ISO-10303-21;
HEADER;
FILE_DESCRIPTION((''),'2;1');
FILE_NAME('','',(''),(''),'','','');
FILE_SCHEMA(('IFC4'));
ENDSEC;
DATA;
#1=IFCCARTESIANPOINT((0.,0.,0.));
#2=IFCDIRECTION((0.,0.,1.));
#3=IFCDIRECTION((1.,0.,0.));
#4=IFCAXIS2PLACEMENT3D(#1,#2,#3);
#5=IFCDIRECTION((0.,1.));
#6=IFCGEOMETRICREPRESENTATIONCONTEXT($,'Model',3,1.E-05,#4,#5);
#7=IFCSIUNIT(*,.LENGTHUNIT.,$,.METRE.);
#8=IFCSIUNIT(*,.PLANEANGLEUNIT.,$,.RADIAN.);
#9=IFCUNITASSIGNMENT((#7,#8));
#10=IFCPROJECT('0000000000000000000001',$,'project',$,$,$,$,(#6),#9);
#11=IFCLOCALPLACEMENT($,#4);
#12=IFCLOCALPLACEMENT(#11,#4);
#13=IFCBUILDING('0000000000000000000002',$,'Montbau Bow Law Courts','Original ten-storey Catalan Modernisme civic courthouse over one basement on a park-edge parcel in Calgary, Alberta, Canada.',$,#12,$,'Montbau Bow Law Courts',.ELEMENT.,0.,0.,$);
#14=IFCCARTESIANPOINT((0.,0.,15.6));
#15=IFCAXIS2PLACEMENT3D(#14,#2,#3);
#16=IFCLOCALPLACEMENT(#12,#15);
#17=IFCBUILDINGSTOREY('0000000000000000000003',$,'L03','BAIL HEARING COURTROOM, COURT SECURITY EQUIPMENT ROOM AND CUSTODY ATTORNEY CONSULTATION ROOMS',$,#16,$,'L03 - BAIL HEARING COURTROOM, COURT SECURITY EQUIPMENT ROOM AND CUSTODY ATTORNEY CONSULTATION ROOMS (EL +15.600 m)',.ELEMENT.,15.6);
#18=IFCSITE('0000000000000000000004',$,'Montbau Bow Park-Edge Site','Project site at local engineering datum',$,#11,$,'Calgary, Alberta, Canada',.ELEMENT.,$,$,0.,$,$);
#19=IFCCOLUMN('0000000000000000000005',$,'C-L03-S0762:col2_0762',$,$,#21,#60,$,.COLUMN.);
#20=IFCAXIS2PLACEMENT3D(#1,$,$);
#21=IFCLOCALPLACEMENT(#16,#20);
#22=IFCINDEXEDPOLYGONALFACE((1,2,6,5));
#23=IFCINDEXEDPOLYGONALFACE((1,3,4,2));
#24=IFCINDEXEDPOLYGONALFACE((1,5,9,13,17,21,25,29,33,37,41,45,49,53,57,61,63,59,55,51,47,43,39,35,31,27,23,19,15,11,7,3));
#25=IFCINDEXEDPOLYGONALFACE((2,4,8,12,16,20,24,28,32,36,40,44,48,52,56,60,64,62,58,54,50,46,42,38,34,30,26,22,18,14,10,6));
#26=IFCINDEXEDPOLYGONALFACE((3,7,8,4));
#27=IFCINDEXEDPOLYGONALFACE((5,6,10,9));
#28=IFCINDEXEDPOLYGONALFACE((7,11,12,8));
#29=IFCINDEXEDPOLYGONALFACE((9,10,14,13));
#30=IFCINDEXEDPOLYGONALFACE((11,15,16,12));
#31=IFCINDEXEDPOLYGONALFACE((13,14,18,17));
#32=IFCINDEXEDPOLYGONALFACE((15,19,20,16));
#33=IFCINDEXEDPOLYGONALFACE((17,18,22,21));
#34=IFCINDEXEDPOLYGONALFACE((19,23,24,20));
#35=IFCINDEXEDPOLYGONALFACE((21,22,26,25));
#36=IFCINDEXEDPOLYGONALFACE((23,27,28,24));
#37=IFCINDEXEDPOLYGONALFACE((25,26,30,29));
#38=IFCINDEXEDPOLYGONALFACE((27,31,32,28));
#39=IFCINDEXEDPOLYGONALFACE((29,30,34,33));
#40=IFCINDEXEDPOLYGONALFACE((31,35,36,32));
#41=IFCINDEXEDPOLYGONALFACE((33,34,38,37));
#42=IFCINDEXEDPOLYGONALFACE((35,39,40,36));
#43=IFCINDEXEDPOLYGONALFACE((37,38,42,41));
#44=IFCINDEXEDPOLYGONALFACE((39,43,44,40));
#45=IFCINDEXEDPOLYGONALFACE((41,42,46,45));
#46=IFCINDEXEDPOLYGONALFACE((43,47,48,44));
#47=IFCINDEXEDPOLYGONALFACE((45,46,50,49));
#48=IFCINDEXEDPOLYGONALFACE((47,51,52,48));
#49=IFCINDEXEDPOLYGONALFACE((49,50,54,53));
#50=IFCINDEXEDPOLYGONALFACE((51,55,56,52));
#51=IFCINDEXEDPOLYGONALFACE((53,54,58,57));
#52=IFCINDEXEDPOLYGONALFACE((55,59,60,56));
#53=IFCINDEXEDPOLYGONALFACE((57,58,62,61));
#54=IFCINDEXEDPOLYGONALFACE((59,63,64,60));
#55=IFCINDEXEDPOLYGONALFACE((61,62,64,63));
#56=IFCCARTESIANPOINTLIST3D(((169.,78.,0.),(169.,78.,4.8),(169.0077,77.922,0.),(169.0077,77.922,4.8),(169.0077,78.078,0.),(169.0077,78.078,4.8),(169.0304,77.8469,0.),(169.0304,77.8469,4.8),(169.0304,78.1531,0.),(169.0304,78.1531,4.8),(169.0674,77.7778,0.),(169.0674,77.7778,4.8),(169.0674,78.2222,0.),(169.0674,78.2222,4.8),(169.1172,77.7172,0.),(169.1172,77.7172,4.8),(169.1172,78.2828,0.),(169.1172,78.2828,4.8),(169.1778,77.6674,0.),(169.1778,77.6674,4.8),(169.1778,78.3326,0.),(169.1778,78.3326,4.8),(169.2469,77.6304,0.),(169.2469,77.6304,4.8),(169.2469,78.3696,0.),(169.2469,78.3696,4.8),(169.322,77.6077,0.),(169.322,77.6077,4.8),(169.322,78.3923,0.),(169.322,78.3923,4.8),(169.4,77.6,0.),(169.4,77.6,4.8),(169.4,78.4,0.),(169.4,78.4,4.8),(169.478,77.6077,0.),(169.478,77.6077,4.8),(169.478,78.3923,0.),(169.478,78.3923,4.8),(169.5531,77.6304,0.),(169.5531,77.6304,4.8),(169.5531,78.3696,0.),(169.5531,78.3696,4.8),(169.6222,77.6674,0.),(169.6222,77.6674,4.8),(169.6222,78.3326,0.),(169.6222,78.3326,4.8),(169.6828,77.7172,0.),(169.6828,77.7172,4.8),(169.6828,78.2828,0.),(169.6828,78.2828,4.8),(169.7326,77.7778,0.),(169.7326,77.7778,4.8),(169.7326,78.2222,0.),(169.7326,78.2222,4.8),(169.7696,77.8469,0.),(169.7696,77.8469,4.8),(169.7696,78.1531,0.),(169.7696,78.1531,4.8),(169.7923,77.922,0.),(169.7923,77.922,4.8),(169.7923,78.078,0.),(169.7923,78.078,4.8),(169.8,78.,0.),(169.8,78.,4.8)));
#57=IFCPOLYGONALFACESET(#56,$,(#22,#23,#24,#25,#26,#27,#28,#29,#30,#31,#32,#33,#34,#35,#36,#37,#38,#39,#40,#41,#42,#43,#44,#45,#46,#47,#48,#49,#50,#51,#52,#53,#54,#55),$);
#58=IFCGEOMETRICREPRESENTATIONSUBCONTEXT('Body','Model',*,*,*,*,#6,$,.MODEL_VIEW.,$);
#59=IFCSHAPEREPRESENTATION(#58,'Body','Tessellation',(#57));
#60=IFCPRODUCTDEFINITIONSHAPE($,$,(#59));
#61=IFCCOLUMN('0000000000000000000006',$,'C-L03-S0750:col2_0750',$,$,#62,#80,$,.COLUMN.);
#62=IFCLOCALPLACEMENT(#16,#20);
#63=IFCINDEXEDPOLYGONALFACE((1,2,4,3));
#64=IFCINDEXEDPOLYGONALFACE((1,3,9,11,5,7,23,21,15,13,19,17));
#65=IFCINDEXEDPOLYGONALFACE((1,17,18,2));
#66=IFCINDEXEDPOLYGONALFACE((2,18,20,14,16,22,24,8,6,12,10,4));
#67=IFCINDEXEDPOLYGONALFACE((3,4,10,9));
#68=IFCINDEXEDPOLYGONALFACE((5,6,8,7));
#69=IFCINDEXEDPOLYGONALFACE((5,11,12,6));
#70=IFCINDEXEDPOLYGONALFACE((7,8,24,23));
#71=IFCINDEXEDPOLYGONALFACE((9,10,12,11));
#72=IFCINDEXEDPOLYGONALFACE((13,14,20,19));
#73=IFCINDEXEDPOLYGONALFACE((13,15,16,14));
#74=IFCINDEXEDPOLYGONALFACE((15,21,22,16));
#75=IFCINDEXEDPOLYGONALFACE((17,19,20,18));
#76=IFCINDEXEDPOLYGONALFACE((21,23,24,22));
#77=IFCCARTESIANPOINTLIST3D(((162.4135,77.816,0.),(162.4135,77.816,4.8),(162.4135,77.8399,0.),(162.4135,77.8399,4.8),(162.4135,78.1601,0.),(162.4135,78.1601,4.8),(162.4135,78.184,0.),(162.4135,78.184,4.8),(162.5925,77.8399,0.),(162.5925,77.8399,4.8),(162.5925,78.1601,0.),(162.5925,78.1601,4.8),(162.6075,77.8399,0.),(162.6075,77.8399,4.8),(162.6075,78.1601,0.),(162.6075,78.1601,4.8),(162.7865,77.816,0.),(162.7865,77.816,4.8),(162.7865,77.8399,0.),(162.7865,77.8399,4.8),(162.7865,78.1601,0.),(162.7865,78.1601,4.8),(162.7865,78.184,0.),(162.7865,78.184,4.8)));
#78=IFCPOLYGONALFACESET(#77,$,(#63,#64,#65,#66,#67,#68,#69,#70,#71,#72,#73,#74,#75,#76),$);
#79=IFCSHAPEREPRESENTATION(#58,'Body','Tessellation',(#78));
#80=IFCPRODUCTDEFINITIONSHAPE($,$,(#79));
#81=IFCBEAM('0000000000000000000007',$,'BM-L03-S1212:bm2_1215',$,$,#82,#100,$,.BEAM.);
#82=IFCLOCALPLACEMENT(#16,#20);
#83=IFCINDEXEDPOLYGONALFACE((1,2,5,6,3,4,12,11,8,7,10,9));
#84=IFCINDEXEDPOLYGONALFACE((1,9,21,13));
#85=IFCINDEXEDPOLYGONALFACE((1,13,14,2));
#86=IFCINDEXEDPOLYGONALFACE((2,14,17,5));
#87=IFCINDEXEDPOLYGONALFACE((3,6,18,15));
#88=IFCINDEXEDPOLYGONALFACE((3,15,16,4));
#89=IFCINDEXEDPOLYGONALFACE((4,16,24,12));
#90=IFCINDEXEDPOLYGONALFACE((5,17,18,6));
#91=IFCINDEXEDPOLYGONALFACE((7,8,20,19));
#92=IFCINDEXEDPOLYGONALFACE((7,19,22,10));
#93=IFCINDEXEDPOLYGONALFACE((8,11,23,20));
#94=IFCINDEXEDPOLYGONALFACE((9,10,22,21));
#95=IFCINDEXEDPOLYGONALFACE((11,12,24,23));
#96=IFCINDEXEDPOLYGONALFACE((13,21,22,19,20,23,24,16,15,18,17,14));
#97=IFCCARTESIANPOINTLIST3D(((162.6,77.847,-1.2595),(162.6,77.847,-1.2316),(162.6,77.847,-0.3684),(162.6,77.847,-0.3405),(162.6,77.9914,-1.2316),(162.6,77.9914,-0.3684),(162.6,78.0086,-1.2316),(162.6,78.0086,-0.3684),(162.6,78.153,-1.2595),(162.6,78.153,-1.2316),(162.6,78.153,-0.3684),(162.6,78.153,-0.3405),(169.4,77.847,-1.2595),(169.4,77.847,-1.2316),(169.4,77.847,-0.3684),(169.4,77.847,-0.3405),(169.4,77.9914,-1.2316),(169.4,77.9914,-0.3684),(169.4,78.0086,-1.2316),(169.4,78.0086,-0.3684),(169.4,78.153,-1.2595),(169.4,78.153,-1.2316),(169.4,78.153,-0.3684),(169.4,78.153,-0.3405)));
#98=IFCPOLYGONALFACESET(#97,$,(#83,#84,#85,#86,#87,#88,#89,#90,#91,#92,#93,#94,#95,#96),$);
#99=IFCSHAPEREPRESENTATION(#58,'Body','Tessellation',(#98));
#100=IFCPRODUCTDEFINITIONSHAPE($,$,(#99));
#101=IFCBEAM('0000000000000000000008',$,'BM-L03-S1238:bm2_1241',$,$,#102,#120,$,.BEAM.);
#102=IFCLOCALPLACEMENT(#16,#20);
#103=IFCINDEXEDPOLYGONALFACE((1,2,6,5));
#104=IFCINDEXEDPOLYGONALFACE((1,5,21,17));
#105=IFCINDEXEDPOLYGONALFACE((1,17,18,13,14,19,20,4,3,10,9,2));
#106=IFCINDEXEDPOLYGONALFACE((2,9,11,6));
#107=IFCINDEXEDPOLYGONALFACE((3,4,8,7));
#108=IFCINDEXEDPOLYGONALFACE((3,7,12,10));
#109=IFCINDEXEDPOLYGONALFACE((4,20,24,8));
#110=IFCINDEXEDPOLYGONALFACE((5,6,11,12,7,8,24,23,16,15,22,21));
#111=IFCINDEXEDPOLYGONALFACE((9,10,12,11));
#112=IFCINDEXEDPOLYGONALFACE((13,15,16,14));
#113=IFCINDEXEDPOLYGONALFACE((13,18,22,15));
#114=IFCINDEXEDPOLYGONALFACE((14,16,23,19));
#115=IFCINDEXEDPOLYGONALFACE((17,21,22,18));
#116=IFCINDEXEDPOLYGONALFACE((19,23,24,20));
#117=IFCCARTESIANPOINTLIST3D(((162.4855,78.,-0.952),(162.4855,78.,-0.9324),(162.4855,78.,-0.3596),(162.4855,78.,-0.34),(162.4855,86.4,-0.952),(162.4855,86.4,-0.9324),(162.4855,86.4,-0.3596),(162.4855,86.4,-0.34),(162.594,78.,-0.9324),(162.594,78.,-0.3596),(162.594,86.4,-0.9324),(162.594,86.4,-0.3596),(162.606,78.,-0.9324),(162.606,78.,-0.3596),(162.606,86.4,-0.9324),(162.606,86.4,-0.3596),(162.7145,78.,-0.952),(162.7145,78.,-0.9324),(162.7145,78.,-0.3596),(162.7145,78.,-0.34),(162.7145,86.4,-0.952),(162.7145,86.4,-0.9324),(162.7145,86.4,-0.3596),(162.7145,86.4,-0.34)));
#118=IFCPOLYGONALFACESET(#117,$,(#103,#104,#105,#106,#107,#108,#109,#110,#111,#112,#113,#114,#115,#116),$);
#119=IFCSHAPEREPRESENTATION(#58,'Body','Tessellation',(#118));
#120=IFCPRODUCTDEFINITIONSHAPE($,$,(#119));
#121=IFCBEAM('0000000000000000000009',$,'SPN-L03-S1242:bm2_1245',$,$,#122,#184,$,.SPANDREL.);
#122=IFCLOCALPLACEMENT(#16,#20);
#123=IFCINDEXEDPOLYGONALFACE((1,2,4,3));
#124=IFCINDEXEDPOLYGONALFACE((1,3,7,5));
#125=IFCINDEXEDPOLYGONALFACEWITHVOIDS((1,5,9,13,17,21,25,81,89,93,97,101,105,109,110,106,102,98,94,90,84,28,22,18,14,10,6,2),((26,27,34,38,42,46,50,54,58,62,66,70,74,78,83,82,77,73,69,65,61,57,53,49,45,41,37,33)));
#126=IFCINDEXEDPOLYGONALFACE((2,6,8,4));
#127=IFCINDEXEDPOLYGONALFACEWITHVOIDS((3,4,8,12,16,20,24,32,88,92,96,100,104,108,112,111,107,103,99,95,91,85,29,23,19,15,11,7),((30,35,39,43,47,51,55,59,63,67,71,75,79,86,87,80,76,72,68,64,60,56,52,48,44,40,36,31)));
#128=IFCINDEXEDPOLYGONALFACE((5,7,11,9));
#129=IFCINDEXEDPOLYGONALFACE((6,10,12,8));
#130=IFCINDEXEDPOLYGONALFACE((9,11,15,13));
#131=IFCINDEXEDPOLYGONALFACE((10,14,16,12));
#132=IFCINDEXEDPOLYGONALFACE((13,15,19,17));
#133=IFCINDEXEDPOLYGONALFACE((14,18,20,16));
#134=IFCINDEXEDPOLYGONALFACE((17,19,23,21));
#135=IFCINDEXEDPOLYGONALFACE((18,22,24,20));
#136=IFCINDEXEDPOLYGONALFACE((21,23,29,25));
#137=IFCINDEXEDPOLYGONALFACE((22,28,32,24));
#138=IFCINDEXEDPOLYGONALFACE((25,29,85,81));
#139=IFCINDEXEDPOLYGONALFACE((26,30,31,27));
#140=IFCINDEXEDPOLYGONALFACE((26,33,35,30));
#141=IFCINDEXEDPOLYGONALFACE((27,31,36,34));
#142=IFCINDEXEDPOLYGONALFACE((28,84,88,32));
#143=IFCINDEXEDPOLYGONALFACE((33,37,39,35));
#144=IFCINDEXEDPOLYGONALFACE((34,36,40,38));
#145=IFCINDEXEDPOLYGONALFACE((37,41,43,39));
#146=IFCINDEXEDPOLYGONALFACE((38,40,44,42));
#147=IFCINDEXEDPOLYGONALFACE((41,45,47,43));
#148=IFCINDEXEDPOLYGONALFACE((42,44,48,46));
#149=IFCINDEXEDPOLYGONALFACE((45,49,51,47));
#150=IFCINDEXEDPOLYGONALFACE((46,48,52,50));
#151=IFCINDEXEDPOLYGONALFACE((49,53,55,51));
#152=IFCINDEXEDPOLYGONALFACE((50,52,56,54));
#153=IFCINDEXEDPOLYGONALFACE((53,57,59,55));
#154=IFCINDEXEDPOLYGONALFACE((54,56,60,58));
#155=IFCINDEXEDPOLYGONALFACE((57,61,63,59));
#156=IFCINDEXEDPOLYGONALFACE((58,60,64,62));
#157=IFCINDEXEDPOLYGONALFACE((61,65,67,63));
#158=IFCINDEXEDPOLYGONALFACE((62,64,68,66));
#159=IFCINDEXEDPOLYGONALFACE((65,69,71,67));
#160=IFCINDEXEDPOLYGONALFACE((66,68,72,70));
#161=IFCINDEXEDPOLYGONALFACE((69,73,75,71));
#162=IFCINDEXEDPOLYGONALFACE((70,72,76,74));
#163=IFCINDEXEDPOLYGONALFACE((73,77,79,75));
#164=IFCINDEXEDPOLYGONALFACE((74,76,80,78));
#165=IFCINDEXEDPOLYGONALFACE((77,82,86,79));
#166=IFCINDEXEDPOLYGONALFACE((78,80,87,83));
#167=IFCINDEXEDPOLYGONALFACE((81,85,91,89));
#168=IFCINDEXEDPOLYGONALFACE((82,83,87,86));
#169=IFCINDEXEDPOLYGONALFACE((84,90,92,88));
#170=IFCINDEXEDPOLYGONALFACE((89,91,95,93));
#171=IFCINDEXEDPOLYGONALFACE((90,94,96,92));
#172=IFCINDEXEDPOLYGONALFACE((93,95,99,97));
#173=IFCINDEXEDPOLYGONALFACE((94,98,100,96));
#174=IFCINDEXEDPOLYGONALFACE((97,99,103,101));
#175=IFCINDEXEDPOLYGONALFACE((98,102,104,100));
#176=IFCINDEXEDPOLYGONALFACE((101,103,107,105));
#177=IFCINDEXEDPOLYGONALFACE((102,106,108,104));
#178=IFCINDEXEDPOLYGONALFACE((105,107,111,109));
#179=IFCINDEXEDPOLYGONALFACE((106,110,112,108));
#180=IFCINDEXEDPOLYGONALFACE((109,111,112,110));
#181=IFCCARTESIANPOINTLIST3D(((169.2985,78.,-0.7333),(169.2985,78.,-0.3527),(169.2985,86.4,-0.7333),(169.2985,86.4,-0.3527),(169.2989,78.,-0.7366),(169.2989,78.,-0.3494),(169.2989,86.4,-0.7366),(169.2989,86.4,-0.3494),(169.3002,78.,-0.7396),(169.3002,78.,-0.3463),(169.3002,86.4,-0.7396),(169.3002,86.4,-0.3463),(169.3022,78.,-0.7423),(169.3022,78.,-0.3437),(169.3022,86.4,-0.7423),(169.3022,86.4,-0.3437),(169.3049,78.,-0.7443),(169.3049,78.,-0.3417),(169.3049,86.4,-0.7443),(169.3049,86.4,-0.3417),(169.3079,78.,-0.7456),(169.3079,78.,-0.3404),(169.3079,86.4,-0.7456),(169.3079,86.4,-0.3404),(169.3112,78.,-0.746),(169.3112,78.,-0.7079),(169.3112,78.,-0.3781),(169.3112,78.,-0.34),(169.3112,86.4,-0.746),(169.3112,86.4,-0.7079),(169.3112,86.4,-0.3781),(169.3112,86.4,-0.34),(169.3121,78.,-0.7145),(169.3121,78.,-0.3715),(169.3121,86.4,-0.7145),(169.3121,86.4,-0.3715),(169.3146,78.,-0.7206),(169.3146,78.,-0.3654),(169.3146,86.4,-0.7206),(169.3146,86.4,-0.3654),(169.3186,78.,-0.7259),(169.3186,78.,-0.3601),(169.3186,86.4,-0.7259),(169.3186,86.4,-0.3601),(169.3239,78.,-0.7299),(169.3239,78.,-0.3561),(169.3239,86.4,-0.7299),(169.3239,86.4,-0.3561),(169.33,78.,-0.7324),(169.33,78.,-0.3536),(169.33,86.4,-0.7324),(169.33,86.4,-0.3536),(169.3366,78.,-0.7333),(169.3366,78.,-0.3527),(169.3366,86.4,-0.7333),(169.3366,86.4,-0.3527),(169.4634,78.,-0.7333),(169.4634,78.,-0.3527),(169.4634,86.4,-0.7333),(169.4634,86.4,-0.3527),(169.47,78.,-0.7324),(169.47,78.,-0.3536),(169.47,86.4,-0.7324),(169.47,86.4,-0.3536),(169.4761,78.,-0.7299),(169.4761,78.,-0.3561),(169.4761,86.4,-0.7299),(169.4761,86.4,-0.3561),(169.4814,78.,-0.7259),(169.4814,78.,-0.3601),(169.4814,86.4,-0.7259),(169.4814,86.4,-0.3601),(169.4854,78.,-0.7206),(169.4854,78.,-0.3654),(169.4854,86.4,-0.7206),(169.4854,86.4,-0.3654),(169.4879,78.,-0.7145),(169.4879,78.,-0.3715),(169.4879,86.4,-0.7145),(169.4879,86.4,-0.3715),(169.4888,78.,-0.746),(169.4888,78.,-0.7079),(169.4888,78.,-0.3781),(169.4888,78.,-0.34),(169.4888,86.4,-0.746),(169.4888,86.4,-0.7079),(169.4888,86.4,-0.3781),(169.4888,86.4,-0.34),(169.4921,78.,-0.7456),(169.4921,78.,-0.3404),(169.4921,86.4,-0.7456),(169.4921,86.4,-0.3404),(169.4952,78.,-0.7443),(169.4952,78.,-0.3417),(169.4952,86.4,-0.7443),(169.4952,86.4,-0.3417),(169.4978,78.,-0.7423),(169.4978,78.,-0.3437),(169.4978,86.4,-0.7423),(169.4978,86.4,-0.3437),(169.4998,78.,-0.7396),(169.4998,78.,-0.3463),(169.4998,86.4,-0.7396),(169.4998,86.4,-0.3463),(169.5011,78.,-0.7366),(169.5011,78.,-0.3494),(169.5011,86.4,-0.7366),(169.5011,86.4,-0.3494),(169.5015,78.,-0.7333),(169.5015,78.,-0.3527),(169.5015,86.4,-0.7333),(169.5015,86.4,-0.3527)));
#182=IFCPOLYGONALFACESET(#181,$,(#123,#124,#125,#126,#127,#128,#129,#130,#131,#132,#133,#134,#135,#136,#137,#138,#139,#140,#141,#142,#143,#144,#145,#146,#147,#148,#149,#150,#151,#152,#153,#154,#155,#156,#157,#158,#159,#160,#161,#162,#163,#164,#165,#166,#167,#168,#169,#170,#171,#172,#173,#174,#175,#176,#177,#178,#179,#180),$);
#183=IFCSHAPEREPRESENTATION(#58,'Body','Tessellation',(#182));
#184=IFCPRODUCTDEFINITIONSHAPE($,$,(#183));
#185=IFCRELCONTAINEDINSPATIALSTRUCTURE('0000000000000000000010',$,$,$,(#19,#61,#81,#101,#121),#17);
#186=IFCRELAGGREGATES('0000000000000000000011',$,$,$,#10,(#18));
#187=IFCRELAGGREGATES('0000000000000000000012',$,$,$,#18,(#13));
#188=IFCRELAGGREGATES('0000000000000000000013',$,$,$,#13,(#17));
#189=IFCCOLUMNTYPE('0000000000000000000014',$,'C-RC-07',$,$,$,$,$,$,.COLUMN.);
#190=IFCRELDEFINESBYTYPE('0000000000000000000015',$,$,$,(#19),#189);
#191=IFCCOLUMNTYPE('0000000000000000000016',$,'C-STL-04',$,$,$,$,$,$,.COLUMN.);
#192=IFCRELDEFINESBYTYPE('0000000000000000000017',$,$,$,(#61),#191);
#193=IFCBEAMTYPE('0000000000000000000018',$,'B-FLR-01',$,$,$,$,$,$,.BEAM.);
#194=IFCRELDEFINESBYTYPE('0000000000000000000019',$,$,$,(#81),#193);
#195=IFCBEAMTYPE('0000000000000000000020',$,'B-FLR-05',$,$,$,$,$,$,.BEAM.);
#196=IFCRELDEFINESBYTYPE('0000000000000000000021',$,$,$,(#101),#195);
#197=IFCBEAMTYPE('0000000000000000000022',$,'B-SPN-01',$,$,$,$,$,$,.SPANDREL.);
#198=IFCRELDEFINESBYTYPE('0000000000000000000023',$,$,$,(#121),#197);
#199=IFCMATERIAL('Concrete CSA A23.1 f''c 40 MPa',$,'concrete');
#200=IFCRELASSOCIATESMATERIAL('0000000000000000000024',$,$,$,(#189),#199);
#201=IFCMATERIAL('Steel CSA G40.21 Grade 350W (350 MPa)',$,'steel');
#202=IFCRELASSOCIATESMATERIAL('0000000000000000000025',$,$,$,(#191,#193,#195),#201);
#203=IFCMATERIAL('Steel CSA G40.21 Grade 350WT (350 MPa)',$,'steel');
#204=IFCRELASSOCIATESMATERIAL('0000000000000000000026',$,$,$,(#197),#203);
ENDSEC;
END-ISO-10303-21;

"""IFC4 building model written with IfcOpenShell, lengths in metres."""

from ifc_helpers import new_model, si_unit, direction, frame, origin_with_axes, origin_2d_with_axis, place, context, subcontext, project, spatial, hollow_rectangle, circle, i_section, extrude, material, material_profile, profile_set, type_object, element, save


model = new_model("IFC4")

# Units and contexts
model_context = context("Model", 3, precision=1e-05, world=origin_with_axes(), true_north=direction((0.0, 1.0)))
body_context = subcontext(model_context, "Body", "Model", "MODEL_VIEW")
ifc_project = project(units=[si_unit("LENGTHUNIT", "METRE"), si_unit("PLANEANGLEUNIT", "RADIAN")], contexts=[model_context])

# Site, building, storey
site_placement = place(None, origin_with_axes())
site = spatial("IfcSite", under=ifc_project, at=site_placement, Name="Montbau Bow Park-Edge Site", Description="Project site at local engineering datum", LongName="Calgary, Alberta, Canada", CompositionType="ELEMENT", RefElevation=0.0)
building_placement = place(site_placement, origin_with_axes())
building = spatial("IfcBuilding", under=site, at=building_placement, Name="Montbau Bow Law Courts", Description="Original ten-storey Catalan Modernisme civic courthouse over one basement on a park-edge parcel in Calgary, Alberta, Canada.", LongName="Montbau Bow Law Courts", CompositionType="ELEMENT", ElevationOfRefHeight=0.0, ElevationOfTerrain=0.0)
storey_placement = place(building_placement, frame((0.0, 0.0, 15.6), z_axis=(0.0, 0.0, 1.0), x_axis=(1.0, 0.0, 0.0)))
storey = spatial("IfcBuildingStorey", under=building, at=storey_placement, Name="L03", Description="BAIL HEARING COURTROOM, COURT SECURITY EQUIPMENT ROOM AND CUSTODY ATTORNEY CONSULTATION ROOMS", LongName="L03 - BAIL HEARING COURTROOM, COURT SECURITY EQUIPMENT ROOM AND CUSTODY ATTORNEY CONSULTATION ROOMS (EL +15.600 m)", CompositionType="ELEMENT", Elevation=15.6)

# Columns
ifc_material_1 = material(Name="Concrete CSA A23.1 f'c 40 MPa", Category="concrete")
ifc_material_profile_1 = material_profile(ifc_material_1, circle(Radius=0.4, at=origin_2d_with_axis()), Name="RC800D", Category="Main", Priority=0)
ifc_profile_set_1 = profile_set([ifc_material_profile_1], Name="Concrete CSA A23.1 f'c 40 MPa")
column_type_1 = type_object("IfcColumnType", Name="C-RC-07", PredefinedType="COLUMN", material=ifc_profile_set_1)
column_1_placement = place(None, frame((169.4, 78.0, 15.6), z_axis=(0.0, 0.0, 1.0), x_axis=(1.0, 0.0, 0.0)))
element("IfcColumn", 1, at=column_1_placement, inside=storey, type_object=column_type_1, Name="C-L03-S0762:col2_0762", PredefinedType="COLUMN", context=body_context, shape_type="SweptSolid", body=[
    extrude(circle(Radius=0.4, at=origin_2d_with_axis()), origin_with_axes(), (0.0, 0.0, 1.0), 4.8),
])
ifc_material_2 = material(Name="Steel CSA G40.21 Grade 350W (350 MPa)", Category="steel")
ifc_material_profile_2 = material_profile(ifc_material_2, i_section(OverallWidth=0.373, OverallDepth=0.368, WebThickness=0.015, FlangeThickness=0.0239, at=origin_2d_with_axis()), Name="W360X179", Category="Main", Priority=0)
ifc_profile_set_2 = profile_set([ifc_material_profile_2], Name="Steel CSA G40.21 Grade 350W (350 MPa)")
column_type_2 = type_object("IfcColumnType", Name="C-STL-04", PredefinedType="COLUMN", material=ifc_profile_set_2)
column_2_placement = place(None, frame((162.6, 78.0, 15.6), z_axis=(0.0, 0.0, 1.0), x_axis=(1.0, 0.0, 0.0)))
element("IfcColumn", 2, at=column_2_placement, inside=storey, type_object=column_type_2, Name="C-L03-S0750:col2_0750", PredefinedType="COLUMN", context=body_context, shape_type="SweptSolid", body=[
    extrude(i_section(OverallWidth=0.373, OverallDepth=0.368, WebThickness=0.015, FlangeThickness=0.0239, at=origin_2d_with_axis()), origin_with_axes(), (0.0, 0.0, 1.0), 4.8),
])

# Beams
ifc_material_profile_3 = material_profile(ifc_material_2, i_section(OverallWidth=0.306, OverallDepth=0.919, WebThickness=0.0173, FlangeThickness=0.0279, at=origin_2d_with_axis()), Name="W920X253", Category="Main", Priority=0)
ifc_profile_set_3 = profile_set([ifc_material_profile_3], Name="Steel CSA G40.21 Grade 350W (350 MPa)")
beam_type_1 = type_object("IfcBeamType", Name="B-FLR-01", PredefinedType="BEAM", material=ifc_profile_set_3)
beam_1_placement = place(None, frame((162.6, 78.0, 14.8), z_axis=(1.0, 0.0, 0.0), x_axis=(0.0, 1.0, 0.0)))
element("IfcBeam", 3, at=beam_1_placement, inside=storey, type_object=beam_type_1, Name="BM-L03-S1212:bm2_1215", PredefinedType="BEAM", context=body_context, shape_type="SweptSolid", body=[
    extrude(i_section(OverallWidth=0.306, OverallDepth=0.919, WebThickness=0.0173, FlangeThickness=0.0279, at=origin_2d_with_axis()), origin_with_axes(), (0.0, 0.0, 1.0), 6.8),
])
ifc_material_profile_4 = material_profile(ifc_material_2, i_section(OverallWidth=0.229, OverallDepth=0.612, WebThickness=0.0119, FlangeThickness=0.0196, at=origin_2d_with_axis()), Name="W610X125", Category="Main", Priority=0)
ifc_profile_set_4 = profile_set([ifc_material_profile_4], Name="Steel CSA G40.21 Grade 350W (350 MPa)")
beam_type_2 = type_object("IfcBeamType", Name="B-FLR-05", PredefinedType="BEAM", material=ifc_profile_set_4)
beam_2_placement = place(None, frame((162.6, 78.0, 14.954), z_axis=(0.0, 1.0, 0.0), x_axis=(-1.0, 0.0, 0.0)))
element("IfcBeam", 4, at=beam_2_placement, inside=storey, type_object=beam_type_2, Name="BM-L03-S1238:bm2_1241", PredefinedType="BEAM", context=body_context, shape_type="SweptSolid", body=[
    extrude(i_section(OverallWidth=0.229, OverallDepth=0.612, WebThickness=0.0119, FlangeThickness=0.0196, at=origin_2d_with_axis()), origin_with_axes(), (0.0, 0.0, 1.0), 8.4),
])
ifc_material_3 = material(Name="Steel CSA G40.21 Grade 350WT (350 MPa)", Category="steel")
ifc_material_profile_5 = material_profile(ifc_material_3, hollow_rectangle(XDim=0.203, YDim=0.406, WallThickness=0.0127, InnerFilletRadius=0.0254, OuterFilletRadius=0.0127, at=origin_2d_with_axis()), Name="HSS406X203X13", Category="Main", Priority=0)
ifc_profile_set_5 = profile_set([ifc_material_profile_5], Name="Steel CSA G40.21 Grade 350WT (350 MPa)")
beam_type_3 = type_object("IfcBeamType", Name="B-SPN-01", PredefinedType="SPANDREL", material=ifc_profile_set_5)
beam_3_placement = place(None, frame((169.4, 78.0, 15.057), z_axis=(0.0, 1.0, 0.0), x_axis=(-1.0, 0.0, 0.0)))
element("IfcBeam", 5, at=beam_3_placement, inside=storey, type_object=beam_type_3, Name="SPN-L03-S1242:bm2_1245", PredefinedType="SPANDREL", context=body_context, shape_type="SweptSolid", body=[
    extrude(hollow_rectangle(XDim=0.203, YDim=0.406, WallThickness=0.0127, InnerFilletRadius=0.0254, OuterFilletRadius=0.0127, at=origin_2d_with_axis()), origin_with_axes(), (0.0, 0.0, 1.0), 8.4),
])

save(model, "model.ifc")
